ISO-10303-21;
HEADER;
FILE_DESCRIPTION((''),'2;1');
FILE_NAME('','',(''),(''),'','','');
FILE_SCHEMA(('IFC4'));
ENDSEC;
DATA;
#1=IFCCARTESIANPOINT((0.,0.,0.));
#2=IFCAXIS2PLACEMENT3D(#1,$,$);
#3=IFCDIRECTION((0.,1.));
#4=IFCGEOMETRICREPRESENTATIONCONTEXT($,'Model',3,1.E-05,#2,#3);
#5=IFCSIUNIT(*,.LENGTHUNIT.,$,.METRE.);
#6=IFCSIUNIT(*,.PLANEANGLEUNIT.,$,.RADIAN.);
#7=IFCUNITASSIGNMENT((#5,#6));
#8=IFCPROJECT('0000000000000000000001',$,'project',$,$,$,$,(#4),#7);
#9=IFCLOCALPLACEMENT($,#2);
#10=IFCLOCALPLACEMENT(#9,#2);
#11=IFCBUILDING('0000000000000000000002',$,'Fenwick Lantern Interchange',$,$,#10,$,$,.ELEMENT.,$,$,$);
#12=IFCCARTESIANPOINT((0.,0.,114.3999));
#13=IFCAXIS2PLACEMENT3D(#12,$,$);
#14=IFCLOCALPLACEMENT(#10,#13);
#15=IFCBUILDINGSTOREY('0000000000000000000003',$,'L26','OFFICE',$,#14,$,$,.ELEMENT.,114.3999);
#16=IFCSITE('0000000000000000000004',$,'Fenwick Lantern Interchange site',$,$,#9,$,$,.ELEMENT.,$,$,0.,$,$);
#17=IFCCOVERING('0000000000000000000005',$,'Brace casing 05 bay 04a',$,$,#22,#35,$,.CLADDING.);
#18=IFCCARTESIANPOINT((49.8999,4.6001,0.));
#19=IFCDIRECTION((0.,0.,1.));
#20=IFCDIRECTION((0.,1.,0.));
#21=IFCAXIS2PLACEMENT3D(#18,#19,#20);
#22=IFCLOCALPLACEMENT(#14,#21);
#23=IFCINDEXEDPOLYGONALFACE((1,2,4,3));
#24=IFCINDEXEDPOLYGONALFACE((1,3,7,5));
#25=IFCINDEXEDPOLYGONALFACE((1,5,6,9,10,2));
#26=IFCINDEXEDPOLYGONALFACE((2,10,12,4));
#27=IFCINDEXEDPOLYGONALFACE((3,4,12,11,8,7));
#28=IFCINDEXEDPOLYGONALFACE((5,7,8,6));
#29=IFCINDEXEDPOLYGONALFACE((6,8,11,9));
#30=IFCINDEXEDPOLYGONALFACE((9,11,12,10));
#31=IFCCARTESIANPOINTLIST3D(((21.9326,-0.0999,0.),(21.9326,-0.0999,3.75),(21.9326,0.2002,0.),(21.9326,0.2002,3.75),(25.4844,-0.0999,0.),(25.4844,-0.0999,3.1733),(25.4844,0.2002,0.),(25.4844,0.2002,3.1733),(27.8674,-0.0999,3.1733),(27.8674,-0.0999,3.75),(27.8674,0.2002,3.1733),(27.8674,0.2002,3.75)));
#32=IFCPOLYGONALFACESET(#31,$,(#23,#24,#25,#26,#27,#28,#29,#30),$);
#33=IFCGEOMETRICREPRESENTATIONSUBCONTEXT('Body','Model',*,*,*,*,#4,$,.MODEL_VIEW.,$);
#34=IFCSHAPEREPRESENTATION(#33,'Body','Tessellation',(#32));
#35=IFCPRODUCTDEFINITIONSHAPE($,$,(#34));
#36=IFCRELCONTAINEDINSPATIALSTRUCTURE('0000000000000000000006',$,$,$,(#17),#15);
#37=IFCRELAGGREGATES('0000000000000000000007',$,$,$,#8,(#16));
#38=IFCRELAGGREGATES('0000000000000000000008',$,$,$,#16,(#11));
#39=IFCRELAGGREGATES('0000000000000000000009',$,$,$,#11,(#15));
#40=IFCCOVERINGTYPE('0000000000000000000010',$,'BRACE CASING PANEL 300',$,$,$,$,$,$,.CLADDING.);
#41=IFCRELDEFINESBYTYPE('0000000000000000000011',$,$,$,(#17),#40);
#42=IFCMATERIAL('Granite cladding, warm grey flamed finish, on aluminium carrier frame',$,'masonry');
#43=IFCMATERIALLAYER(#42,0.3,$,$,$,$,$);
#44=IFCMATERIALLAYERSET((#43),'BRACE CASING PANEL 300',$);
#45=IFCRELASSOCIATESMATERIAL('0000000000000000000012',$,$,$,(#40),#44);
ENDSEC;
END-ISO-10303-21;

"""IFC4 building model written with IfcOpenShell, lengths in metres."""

from ifc_helpers import new_model, si_unit, direction, frame, origin, place, context, subcontext, project, spatial, polyline, outline, extrude, material, layer, layer_set, type_object, element, save


model = new_model("IFC4")

# Units and contexts
model_context = context("Model", 3, precision=1e-05, world=origin(), true_north=direction((0.0, 1.0)))
body_context = subcontext(model_context, "Body", "Model", "MODEL_VIEW")
ifc_project = project(units=[si_unit("LENGTHUNIT", "METRE"), si_unit("PLANEANGLEUNIT", "RADIAN")], contexts=[model_context])

# Site, building, storey
site_placement = place(None, origin())
site = spatial("IfcSite", under=ifc_project, at=site_placement, Name="Fenwick Lantern Interchange site", CompositionType="ELEMENT", RefElevation=0.0)
building_placement = place(site_placement, origin())
building = spatial("IfcBuilding", under=site, at=building_placement, Name="Fenwick Lantern Interchange", CompositionType="ELEMENT")
storey_placement = place(building_placement, frame((0.0, 0.0, 114.3999)))
storey = spatial("IfcBuildingStorey", under=building, at=storey_placement, Name="L26", Description="OFFICE", CompositionType="ELEMENT", Elevation=114.3999)

# Covering
ifc_material_1 = material(Name="Granite cladding, warm grey flamed finish, on aluminium carrier frame", Category="masonry")
ifc_layer_1 = layer(ifc_material_1, 0.3)
ifc_layer_set_1 = layer_set([ifc_layer_1], Name="BRACE CASING PANEL 300")
covering_type = type_object("IfcCoveringType", Name="BRACE CASING PANEL 300", PredefinedType="CLADDING", material=ifc_layer_set_1)
covering_1_placement = place(storey_placement, frame((49.8999, 4.6001, 0.0), z_axis=(0.0, 0.0, 1.0), x_axis=(0.0, 1.0, 0.0)))
element("IfcCovering", 1, at=covering_1_placement, inside=storey, type_object=covering_type, Name="Brace casing 05 bay 04a", PredefinedType="CLADDING", context=body_context, shape_type="SweptSolid", body=[
    extrude(outline(polyline([(21.9326, 0.0), (25.4844, 0.0), (25.4844, 3.1733), (27.8674, 3.1733), (27.8674, 3.75), (21.9326, 3.75), (21.9326, 0.0)])), frame((0.0, 0.2002, 0.0), z_axis=(0.0, -1.0, 0.0), x_axis=(1.0, 0.0, 0.0)), (0.0, 0.0, 1.0), 0.3),
])

save(model, "model.ifc")
